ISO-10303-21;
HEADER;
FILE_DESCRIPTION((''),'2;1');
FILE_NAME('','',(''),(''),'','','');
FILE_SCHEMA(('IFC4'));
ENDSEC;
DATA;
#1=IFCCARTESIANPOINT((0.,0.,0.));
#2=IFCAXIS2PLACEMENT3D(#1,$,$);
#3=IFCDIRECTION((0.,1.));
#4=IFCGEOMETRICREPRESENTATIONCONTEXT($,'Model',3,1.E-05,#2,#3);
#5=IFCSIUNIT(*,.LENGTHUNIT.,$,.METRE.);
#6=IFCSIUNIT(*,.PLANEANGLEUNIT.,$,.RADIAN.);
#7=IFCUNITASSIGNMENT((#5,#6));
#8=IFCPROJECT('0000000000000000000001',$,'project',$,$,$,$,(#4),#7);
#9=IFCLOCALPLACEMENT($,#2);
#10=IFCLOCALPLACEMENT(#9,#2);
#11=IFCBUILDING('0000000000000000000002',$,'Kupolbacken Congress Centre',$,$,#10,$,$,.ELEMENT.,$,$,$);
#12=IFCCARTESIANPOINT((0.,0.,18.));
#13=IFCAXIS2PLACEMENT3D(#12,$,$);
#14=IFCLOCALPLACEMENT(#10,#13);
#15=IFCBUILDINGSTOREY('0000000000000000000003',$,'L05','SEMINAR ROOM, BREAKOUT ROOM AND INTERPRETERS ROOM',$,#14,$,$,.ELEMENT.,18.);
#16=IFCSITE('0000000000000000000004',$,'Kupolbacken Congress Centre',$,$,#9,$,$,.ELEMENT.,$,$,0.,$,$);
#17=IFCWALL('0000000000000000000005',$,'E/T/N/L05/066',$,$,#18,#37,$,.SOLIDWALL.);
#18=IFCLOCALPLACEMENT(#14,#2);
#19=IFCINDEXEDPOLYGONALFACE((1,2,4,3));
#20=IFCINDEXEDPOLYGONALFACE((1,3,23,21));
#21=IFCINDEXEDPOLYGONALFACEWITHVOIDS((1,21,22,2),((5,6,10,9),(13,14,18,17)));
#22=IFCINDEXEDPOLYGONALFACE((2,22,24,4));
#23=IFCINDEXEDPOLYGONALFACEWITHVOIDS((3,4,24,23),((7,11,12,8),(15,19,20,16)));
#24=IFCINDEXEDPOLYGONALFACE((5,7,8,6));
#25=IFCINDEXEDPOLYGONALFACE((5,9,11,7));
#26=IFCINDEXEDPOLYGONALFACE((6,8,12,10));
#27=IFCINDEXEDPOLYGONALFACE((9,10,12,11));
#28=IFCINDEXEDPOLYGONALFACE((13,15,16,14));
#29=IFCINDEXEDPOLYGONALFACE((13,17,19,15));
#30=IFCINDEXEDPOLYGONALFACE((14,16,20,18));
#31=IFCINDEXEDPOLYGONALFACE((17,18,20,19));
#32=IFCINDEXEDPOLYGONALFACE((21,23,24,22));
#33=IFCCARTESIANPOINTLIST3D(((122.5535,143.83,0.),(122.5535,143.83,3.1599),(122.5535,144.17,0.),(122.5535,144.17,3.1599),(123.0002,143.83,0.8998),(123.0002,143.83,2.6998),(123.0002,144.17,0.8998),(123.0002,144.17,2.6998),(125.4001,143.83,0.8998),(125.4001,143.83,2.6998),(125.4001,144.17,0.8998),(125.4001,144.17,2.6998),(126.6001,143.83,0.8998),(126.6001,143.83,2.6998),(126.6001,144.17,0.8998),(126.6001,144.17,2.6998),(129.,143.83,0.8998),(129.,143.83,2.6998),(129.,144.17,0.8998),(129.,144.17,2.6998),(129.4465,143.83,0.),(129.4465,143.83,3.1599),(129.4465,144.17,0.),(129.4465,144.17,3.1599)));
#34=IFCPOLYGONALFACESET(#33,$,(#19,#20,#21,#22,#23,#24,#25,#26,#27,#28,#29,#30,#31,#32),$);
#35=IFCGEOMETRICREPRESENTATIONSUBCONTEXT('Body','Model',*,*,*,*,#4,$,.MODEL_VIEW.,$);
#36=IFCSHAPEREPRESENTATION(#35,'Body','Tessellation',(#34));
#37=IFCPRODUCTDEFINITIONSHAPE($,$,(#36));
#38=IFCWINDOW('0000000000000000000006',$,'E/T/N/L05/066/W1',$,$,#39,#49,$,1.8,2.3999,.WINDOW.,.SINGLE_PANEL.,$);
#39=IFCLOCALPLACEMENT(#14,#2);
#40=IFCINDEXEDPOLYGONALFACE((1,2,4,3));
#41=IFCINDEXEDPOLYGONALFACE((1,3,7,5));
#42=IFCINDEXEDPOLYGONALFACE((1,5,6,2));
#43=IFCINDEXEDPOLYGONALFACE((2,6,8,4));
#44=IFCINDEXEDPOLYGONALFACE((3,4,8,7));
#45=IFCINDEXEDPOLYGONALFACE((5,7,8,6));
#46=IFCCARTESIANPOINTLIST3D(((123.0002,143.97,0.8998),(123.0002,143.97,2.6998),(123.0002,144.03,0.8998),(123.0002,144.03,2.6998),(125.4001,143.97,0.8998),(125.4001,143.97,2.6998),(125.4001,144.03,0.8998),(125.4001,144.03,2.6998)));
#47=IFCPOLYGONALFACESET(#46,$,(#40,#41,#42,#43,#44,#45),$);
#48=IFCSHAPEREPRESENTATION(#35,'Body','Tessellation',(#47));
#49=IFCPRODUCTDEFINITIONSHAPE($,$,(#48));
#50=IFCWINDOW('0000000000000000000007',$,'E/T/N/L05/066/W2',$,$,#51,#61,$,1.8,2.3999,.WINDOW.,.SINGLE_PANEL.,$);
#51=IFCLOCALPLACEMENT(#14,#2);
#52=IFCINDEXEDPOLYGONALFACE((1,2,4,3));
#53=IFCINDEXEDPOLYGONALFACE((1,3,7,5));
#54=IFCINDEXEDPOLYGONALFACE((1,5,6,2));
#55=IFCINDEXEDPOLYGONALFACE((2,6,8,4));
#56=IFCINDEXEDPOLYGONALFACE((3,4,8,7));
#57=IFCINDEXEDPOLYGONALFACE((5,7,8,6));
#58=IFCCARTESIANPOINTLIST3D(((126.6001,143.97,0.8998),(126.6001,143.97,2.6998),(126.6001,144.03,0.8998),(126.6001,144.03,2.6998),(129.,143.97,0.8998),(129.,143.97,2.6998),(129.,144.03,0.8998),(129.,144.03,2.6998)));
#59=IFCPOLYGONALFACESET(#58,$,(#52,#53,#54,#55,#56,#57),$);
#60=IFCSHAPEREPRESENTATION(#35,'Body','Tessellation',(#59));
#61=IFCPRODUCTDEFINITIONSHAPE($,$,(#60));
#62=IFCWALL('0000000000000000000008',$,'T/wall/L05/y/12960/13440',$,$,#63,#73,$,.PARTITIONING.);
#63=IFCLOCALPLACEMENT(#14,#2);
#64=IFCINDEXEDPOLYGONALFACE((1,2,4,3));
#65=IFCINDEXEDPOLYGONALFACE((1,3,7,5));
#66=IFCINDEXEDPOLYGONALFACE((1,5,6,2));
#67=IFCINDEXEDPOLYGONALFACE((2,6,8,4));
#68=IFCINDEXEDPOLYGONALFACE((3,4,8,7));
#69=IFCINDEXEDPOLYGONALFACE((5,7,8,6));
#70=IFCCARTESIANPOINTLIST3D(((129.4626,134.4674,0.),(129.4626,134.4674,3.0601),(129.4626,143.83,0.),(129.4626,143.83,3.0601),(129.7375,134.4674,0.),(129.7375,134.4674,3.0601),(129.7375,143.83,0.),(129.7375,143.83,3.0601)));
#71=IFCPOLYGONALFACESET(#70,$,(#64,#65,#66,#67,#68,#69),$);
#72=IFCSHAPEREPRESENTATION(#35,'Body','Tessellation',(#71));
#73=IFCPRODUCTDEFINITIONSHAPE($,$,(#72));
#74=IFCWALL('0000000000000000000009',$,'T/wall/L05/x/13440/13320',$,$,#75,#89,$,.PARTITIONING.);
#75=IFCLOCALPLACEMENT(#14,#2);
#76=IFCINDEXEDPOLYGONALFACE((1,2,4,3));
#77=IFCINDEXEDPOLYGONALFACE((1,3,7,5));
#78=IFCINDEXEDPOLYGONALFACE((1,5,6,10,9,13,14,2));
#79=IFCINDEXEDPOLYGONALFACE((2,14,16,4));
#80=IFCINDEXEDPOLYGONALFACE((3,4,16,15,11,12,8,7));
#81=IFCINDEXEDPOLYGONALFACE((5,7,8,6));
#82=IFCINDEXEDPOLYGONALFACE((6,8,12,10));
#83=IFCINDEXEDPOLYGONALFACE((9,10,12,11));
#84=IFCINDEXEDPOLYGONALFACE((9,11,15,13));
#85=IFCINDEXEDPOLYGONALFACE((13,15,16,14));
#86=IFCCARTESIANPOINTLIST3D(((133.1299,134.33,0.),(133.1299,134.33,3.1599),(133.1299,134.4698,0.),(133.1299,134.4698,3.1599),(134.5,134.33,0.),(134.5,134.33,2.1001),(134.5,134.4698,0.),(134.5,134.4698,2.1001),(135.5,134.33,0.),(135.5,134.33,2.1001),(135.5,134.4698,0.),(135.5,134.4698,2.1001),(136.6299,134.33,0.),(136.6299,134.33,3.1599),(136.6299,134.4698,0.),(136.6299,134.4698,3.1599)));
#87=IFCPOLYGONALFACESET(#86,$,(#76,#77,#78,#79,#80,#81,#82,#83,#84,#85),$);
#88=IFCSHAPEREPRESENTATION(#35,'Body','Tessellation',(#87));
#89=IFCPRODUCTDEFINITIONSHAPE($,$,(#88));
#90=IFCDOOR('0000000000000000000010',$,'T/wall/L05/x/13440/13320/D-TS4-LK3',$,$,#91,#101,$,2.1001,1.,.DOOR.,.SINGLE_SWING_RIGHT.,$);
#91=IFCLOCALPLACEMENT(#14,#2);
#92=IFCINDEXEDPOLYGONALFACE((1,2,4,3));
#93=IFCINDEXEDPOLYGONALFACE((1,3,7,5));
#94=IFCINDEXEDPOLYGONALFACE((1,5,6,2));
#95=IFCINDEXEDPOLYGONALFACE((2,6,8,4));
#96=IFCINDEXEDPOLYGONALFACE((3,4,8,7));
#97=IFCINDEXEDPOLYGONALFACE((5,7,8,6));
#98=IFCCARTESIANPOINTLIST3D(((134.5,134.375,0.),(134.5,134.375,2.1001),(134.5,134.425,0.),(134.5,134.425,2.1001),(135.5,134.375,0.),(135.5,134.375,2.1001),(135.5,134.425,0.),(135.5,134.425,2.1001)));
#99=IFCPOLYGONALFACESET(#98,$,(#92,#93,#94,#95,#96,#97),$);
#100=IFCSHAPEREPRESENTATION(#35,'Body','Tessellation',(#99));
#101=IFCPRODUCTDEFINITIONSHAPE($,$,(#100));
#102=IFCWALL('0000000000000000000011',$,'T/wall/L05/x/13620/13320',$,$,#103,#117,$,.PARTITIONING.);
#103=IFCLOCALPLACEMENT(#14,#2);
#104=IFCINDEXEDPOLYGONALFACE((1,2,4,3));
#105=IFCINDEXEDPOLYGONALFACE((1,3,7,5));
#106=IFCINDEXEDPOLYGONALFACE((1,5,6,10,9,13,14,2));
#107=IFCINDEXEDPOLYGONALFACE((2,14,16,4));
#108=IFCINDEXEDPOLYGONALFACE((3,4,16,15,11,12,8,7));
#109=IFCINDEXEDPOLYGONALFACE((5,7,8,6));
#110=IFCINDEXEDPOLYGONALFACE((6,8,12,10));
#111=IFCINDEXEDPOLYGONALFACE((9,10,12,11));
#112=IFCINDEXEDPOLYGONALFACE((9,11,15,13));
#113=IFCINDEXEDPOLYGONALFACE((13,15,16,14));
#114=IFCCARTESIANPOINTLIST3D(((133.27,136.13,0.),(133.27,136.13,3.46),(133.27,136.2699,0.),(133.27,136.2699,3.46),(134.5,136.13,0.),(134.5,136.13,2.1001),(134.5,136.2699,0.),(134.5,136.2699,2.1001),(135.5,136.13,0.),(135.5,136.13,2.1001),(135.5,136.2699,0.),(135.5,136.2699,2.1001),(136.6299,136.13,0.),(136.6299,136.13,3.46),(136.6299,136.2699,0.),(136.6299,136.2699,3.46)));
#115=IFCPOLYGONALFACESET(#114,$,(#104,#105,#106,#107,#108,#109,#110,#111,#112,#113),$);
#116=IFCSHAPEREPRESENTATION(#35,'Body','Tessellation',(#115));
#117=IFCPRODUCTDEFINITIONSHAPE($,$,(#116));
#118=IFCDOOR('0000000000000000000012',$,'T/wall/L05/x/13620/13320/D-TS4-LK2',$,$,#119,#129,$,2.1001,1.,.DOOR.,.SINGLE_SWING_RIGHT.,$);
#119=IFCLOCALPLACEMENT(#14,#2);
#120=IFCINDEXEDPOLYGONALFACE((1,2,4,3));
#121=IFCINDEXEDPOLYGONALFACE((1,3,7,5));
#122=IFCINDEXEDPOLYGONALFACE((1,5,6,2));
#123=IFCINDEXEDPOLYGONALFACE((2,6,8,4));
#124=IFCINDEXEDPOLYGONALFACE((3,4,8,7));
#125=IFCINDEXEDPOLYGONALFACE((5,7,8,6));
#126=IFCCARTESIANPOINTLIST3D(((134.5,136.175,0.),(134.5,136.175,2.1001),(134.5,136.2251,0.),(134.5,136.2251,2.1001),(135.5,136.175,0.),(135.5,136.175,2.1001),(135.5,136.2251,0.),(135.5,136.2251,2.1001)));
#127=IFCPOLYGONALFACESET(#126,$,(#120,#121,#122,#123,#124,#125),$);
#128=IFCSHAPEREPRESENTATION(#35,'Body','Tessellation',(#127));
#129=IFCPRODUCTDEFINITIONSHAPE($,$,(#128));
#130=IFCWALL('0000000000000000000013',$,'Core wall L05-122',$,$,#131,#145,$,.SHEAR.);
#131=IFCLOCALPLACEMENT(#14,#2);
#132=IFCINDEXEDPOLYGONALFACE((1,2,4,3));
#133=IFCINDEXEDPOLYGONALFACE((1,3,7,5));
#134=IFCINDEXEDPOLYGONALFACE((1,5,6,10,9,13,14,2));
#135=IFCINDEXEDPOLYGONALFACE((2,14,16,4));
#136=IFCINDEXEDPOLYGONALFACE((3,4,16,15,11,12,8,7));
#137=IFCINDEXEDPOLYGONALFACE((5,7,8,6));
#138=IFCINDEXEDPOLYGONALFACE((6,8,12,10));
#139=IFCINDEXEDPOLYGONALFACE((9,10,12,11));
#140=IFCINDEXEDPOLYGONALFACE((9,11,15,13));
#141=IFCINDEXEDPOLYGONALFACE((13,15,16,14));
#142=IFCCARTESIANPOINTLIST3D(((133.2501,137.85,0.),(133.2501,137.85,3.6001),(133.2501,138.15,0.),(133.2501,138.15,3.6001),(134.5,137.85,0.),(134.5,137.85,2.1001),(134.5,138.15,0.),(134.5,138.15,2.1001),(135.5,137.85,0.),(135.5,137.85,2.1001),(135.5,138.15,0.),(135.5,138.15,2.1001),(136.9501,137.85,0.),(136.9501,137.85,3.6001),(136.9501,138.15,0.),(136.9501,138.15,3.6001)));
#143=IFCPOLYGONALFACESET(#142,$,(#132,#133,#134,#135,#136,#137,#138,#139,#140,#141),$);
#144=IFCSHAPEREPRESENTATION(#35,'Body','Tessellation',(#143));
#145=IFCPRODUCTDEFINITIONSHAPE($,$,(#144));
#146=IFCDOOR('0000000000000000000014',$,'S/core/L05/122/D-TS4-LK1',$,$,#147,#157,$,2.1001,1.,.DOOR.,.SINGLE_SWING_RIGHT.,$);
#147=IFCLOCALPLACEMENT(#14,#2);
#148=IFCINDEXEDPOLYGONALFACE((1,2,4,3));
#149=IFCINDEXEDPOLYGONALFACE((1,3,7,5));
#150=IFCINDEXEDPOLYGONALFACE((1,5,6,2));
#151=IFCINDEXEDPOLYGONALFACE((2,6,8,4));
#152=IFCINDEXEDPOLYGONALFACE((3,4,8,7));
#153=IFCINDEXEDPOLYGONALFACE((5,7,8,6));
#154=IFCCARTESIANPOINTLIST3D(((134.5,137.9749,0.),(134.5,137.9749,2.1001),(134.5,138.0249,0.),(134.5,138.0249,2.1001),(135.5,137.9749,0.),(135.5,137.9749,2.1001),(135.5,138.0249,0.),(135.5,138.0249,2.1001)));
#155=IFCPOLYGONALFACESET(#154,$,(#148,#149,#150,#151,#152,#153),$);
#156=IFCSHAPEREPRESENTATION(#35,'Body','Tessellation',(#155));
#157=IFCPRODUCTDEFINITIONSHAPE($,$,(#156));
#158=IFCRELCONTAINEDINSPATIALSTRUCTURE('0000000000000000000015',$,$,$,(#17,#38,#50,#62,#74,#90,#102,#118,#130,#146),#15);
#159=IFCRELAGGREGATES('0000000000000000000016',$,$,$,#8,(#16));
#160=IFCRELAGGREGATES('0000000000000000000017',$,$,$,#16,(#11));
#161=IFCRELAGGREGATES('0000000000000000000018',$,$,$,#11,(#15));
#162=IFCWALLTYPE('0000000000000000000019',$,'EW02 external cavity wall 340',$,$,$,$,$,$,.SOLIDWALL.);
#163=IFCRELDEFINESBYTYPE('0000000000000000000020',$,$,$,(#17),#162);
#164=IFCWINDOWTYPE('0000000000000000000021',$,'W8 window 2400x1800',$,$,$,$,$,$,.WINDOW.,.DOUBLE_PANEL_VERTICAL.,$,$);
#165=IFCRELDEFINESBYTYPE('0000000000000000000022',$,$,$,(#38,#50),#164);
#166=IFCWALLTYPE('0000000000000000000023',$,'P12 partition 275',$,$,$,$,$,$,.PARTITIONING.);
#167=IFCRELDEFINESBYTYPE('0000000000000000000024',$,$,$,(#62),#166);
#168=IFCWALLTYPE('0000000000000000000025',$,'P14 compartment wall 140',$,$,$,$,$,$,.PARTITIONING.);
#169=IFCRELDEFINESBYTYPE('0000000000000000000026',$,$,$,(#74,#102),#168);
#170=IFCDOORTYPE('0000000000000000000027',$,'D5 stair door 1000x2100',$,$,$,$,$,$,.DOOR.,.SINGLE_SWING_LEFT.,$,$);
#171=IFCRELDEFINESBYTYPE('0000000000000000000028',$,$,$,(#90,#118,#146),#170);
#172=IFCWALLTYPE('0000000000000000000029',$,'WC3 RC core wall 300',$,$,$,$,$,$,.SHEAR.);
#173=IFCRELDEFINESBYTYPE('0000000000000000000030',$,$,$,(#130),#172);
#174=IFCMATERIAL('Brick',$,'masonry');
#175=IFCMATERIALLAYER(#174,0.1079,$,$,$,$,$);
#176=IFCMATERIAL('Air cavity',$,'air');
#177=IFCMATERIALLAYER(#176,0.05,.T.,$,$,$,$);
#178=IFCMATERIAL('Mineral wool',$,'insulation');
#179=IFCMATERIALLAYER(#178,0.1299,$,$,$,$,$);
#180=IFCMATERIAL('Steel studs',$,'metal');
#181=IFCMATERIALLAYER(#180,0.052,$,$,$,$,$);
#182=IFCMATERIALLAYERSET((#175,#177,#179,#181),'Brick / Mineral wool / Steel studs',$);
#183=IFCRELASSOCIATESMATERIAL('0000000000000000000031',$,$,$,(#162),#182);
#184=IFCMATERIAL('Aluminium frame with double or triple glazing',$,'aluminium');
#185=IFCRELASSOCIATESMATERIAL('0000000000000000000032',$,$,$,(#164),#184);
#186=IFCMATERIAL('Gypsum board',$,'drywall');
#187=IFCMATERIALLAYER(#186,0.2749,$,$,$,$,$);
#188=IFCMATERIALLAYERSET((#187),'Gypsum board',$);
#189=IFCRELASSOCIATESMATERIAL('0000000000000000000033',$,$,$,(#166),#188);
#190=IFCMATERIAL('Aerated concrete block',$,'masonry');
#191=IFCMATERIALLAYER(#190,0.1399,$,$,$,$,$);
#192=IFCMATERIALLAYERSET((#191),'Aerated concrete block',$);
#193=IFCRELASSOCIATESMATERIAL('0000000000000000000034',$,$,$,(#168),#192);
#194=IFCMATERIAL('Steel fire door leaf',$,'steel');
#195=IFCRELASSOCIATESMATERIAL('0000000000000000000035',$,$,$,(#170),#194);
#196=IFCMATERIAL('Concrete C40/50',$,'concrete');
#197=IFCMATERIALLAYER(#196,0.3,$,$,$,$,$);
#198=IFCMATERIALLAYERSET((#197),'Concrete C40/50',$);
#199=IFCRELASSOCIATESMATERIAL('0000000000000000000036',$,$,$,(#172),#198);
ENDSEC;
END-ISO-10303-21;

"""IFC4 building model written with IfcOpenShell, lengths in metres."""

from ifc_helpers import new_model, si_unit, direction, frame, frame_2d, origin, place, context, subcontext, project, spatial, rectangle, extrude, material, layer, layer_set, type_object, element, fill, save


model = new_model("IFC4")

# Units and contexts
model_context = context("Model", 3, precision=1e-05, world=origin(), true_north=direction((0.0, 1.0)))
body_context = subcontext(model_context, "Body", "Model", "MODEL_VIEW")
ifc_project = project(units=[si_unit("LENGTHUNIT", "METRE"), si_unit("PLANEANGLEUNIT", "RADIAN")], contexts=[model_context])

# Site, building, storey
site_placement = place(None, origin())
site = spatial("IfcSite", under=ifc_project, at=site_placement, Name="Kupolbacken Congress Centre", CompositionType="ELEMENT", RefElevation=0.0)
building_placement = place(site_placement, origin())
building = spatial("IfcBuilding", under=site, at=building_placement, Name="Kupolbacken Congress Centre", CompositionType="ELEMENT")
storey_placement = place(building_placement, frame((0.0, 0.0, 18.0)))
storey = spatial("IfcBuildingStorey", under=building, at=storey_placement, Name="L05", Description="SEMINAR ROOM, BREAKOUT ROOM AND INTERPRETERS ROOM", CompositionType="ELEMENT", Elevation=18.0)

# Wall, openings, windows
ifc_material_1 = material(Name="Brick", Category="masonry")
ifc_layer_1 = layer(ifc_material_1, 0.1079)
ifc_material_2 = material(Name="Air cavity", Category="air")
ifc_layer_2 = layer(ifc_material_2, 0.05, ventilated=True)
ifc_material_3 = material(Name="Mineral wool", Category="insulation")
ifc_layer_3 = layer(ifc_material_3, 0.1299)
ifc_material_4 = material(Name="Steel studs", Category="metal")
ifc_layer_4 = layer(ifc_material_4, 0.052)
ifc_layer_set_1 = layer_set([ifc_layer_1, ifc_layer_2, ifc_layer_3, ifc_layer_4], Name="Brick / Mineral wool / Steel studs")
wall_type_1 = type_object("IfcWallType", Name="EW02 external cavity wall 340", PredefinedType="SOLIDWALL", material=ifc_layer_set_1)
wall_1_placement = place(storey_placement, frame((129.4465, 144.0, 0.0), z_axis=(0.0, 0.0, 1.0), x_axis=(-1.0, 0.0, 0.0)))
wall_1 = element("IfcWall", 1, at=wall_1_placement, inside=storey, type_object=wall_type_1, Name="E/T/N/L05/066", PredefinedType="SOLIDWALL", context=body_context, shape_type="SweptSolid", body=[
    extrude(rectangle(XDim=6.8931, YDim=0.3401, at=frame_2d((3.4465, 0.0))), origin(), (0.0, 0.0, 1.0), 3.1599),
])
opening_1_placement = place(wall_1_placement, frame((4.0464, 0.0, 0.8999)))
opening_1 = element("IfcOpeningElement", 2, at=opening_1_placement, cuts=wall_1, PredefinedType="OPENING", context=body_context, shape_type="SweptSolid", body=[
    extrude(rectangle(XDim=2.3999, YDim=1.8, at=frame_2d((1.2, 0.8999))), frame((0.0, 0.1799, 0.0), z_axis=(0.0, -1.0, 0.0), x_axis=(1.0, 0.0, 0.0)), (0.0, 0.0, 1.0), 0.3601),
])
opening_2_placement = place(wall_1_placement, frame((0.4465, 0.0, 0.8999)))
opening_2 = element("IfcOpeningElement", 3, at=opening_2_placement, cuts=wall_1, PredefinedType="OPENING", context=body_context, shape_type="SweptSolid", body=[
    extrude(rectangle(XDim=2.3999, YDim=1.8, at=frame_2d((1.2, 0.8999))), frame((0.0, 0.1799, 0.0), z_axis=(0.0, -1.0, 0.0), x_axis=(1.0, 0.0, 0.0)), (0.0, 0.0, 1.0), 0.3601),
])
ifc_material_5 = material(Name="Aluminium frame with double or triple glazing", Category="aluminium")
window_type = type_object("IfcWindowType", Name="W8 window 2400x1800", PartitioningType="DOUBLE_PANEL_VERTICAL", PredefinedType="WINDOW", material=ifc_material_5)
window_1_placement = place(opening_1_placement, origin())
window_1 = element("IfcWindow", 4, at=window_1_placement, inside=storey, type_object=window_type, Name="E/T/N/L05/066/W1", OverallHeight=1.8, OverallWidth=2.3999, PartitioningType="SINGLE_PANEL", PredefinedType="WINDOW", context=body_context, shape_type="SweptSolid", body=[
    extrude(rectangle(XDim=2.3999, YDim=1.8, at=frame_2d((1.2, 0.8999))), frame((0.0, 0.03, 0.0), z_axis=(0.0, -1.0, 0.0), x_axis=(1.0, 0.0, 0.0)), (0.0, 0.0, 1.0), 0.0601),
])
fill(opening_1, window_1)
window_2_placement = place(opening_2_placement, origin())
window_2 = element("IfcWindow", 5, at=window_2_placement, inside=storey, type_object=window_type, Name="E/T/N/L05/066/W2", OverallHeight=1.8, OverallWidth=2.3999, PartitioningType="SINGLE_PANEL", PredefinedType="WINDOW", context=body_context, shape_type="SweptSolid", body=[
    extrude(rectangle(XDim=2.3999, YDim=1.8, at=frame_2d((1.2, 0.8999))), frame((0.0, 0.03, 0.0), z_axis=(0.0, -1.0, 0.0), x_axis=(1.0, 0.0, 0.0)), (0.0, 0.0, 1.0), 0.0601),
])
fill(opening_2, window_2)

# Wall
ifc_material_6 = material(Name="Gypsum board", Category="drywall")
ifc_layer_5 = layer(ifc_material_6, 0.2749)
ifc_layer_set_2 = layer_set([ifc_layer_5], Name="Gypsum board")
wall_type_2 = type_object("IfcWallType", Name="P12 partition 275", PredefinedType="PARTITIONING", material=ifc_layer_set_2)
wall_2_placement = place(storey_placement, frame((129.6001, 134.4675, 0.0), z_axis=(0.0, 0.0, 1.0), x_axis=(0.0, 1.0, 0.0)))
element("IfcWall", 6, at=wall_2_placement, inside=storey, type_object=wall_type_2, Name="T/wall/L05/y/12960/13440", PredefinedType="PARTITIONING", context=body_context, shape_type="SweptSolid", body=[
    extrude(rectangle(XDim=9.3625, YDim=0.2749, at=frame_2d((4.6812, 0.0))), origin(), (0.0, 0.0, 1.0), 3.0601),
])

# Walls, openings, doors
ifc_material_7 = material(Name="Aerated concrete block", Category="masonry")
ifc_layer_6 = layer(ifc_material_7, 0.1399)
ifc_layer_set_3 = layer_set([ifc_layer_6], Name="Aerated concrete block")
wall_type_3 = type_object("IfcWallType", Name="P14 compartment wall 140", PredefinedType="PARTITIONING", material=ifc_layer_set_3)
wall_3_placement = place(storey_placement, frame((133.1299, 134.3999, 0.0), z_axis=(0.0, 0.0, 1.0), x_axis=(1.0, 0.0, 0.0)))
wall_3 = element("IfcWall", 7, at=wall_3_placement, inside=storey, type_object=wall_type_3, Name="T/wall/L05/x/13440/13320", PredefinedType="PARTITIONING", context=body_context, shape_type="SweptSolid", body=[
    extrude(rectangle(XDim=3.5, YDim=0.1399, at=frame_2d((1.75, 0.0))), origin(), (0.0, 0.0, 1.0), 3.1599),
])
opening_3_placement = place(wall_3_placement, frame((1.3701, 0.0, 0.0)))
opening_3 = element("IfcOpeningElement", 8, at=opening_3_placement, cuts=wall_3, PredefinedType="OPENING", context=body_context, shape_type="SweptSolid", body=[
    extrude(rectangle(XDim=1.0, YDim=2.1001, at=frame_2d((0.5, 1.05))), frame((0.0, 0.0798, 0.0), z_axis=(0.0, -1.0, 0.0), x_axis=(1.0, 0.0, 0.0)), (0.0, 0.0, 1.0), 0.1599),
])
ifc_material_8 = material(Name="Steel fire door leaf", Category="steel")
door_type = type_object("IfcDoorType", Name="D5 stair door 1000x2100", OperationType="SINGLE_SWING_LEFT", PredefinedType="DOOR", material=ifc_material_8)
door_1_placement = place(opening_3_placement, frame((1.0, 0.0, 0.0), z_axis=(0.0, 0.0, 1.0), x_axis=(-1.0, 0.0, 0.0)))
door_1 = element("IfcDoor", 9, at=door_1_placement, inside=storey, type_object=door_type, Name="T/wall/L05/x/13440/13320/D-TS4-LK3", OperationType="SINGLE_SWING_RIGHT", OverallHeight=2.1001, OverallWidth=1.0, PredefinedType="DOOR", context=body_context, shape_type="SweptSolid", body=[
    extrude(rectangle(XDim=1.0, YDim=2.1001, at=frame_2d((0.5, 1.05))), frame((0.0, 0.0249, 0.0), z_axis=(0.0, -1.0, 0.0), x_axis=(1.0, 0.0, 0.0)), (0.0, 0.0, 1.0), 0.05),
])
fill(opening_3, door_1)
wall_4_placement = place(storey_placement, frame((133.27, 136.2, 0.0), z_axis=(0.0, 0.0, 1.0), x_axis=(1.0, 0.0, 0.0)))
wall_4 = element("IfcWall", 10, at=wall_4_placement, inside=storey, type_object=wall_type_3, Name="T/wall/L05/x/13620/13320", PredefinedType="PARTITIONING", context=body_context, shape_type="SweptSolid", body=[
    extrude(rectangle(XDim=3.3599, YDim=0.1399, at=frame_2d((1.6799, 0.0))), origin(), (0.0, 0.0, 1.0), 3.46),
])
opening_4_placement = place(wall_4_placement, frame((1.23, 0.0, 0.0)))
opening_4 = element("IfcOpeningElement", 11, at=opening_4_placement, cuts=wall_4, PredefinedType="OPENING", context=body_context, shape_type="SweptSolid", body=[
    extrude(rectangle(XDim=1.0, YDim=2.1001, at=frame_2d((0.5, 1.05))), frame((0.0, 0.0798, 0.0), z_axis=(0.0, -1.0, 0.0), x_axis=(1.0, 0.0, 0.0)), (0.0, 0.0, 1.0), 0.1599),
])
door_2_placement = place(opening_4_placement, frame((1.0, 0.0, 0.0), z_axis=(0.0, 0.0, 1.0), x_axis=(-1.0, 0.0, 0.0)))
door_2 = element("IfcDoor", 12, at=door_2_placement, inside=storey, type_object=door_type, Name="T/wall/L05/x/13620/13320/D-TS4-LK2", OperationType="SINGLE_SWING_RIGHT", OverallHeight=2.1001, OverallWidth=1.0, PredefinedType="DOOR", context=body_context, shape_type="SweptSolid", body=[
    extrude(rectangle(XDim=1.0, YDim=2.1001, at=frame_2d((0.5, 1.05))), frame((0.0, 0.0249, 0.0), z_axis=(0.0, -1.0, 0.0), x_axis=(1.0, 0.0, 0.0)), (0.0, 0.0, 1.0), 0.05),
])
fill(opening_4, door_2)

# Wall, opening, door
ifc_material_9 = material(Name="Concrete C40/50", Category="concrete")
ifc_layer_7 = layer(ifc_material_9, 0.3)
ifc_layer_set_4 = layer_set([ifc_layer_7], Name="Concrete C40/50")
wall_type_4 = type_object("IfcWallType", Name="WC3 RC core wall 300", PredefinedType="SHEAR", material=ifc_layer_set_4)
wall_5_placement = place(storey_placement, frame((133.25, 138.0, 0.0), z_axis=(0.0, 0.0, 1.0), x_axis=(1.0, 0.0, 0.0)))
wall_5 = element("IfcWall", 13, at=wall_5_placement, inside=storey, type_object=wall_type_4, Name="Core wall L05-122", PredefinedType="SHEAR", context=body_context, shape_type="SweptSolid", body=[
    extrude(rectangle(XDim=3.7, YDim=0.3, at=frame_2d((1.8501, 0.0))), origin(), (0.0, 0.0, 1.0), 3.6001),
])
opening_5_placement = place(wall_5_placement, frame((1.25, 0.0, 0.0)))
opening_5 = element("IfcOpeningElement", 14, at=opening_5_placement, cuts=wall_5, PredefinedType="OPENING", context=body_context, shape_type="SweptSolid", body=[
    extrude(rectangle(XDim=1.0, YDim=2.1001, at=frame_2d((0.5, 1.05))), frame((0.0, 0.1599, 0.0), z_axis=(0.0, -1.0, 0.0), x_axis=(1.0, 0.0, 0.0)), (0.0, 0.0, 1.0), 0.3201),
])
door_3_placement = place(opening_5_placement, origin())
door_3 = element("IfcDoor", 15, at=door_3_placement, inside=storey, type_object=door_type, Name="S/core/L05/122/D-TS4-LK1", OperationType="SINGLE_SWING_RIGHT", OverallHeight=2.1001, OverallWidth=1.0, PredefinedType="DOOR", context=body_context, shape_type="SweptSolid", body=[
    extrude(rectangle(XDim=1.0, YDim=2.1001, at=frame_2d((0.5, 1.05))), frame((0.0, 0.0249, 0.0), z_axis=(0.0, -1.0, 0.0), x_axis=(1.0, 0.0, 0.0)), (0.0, 0.0, 1.0), 0.05),
])
fill(opening_5, door_3)

save(model, "model.ifc")
